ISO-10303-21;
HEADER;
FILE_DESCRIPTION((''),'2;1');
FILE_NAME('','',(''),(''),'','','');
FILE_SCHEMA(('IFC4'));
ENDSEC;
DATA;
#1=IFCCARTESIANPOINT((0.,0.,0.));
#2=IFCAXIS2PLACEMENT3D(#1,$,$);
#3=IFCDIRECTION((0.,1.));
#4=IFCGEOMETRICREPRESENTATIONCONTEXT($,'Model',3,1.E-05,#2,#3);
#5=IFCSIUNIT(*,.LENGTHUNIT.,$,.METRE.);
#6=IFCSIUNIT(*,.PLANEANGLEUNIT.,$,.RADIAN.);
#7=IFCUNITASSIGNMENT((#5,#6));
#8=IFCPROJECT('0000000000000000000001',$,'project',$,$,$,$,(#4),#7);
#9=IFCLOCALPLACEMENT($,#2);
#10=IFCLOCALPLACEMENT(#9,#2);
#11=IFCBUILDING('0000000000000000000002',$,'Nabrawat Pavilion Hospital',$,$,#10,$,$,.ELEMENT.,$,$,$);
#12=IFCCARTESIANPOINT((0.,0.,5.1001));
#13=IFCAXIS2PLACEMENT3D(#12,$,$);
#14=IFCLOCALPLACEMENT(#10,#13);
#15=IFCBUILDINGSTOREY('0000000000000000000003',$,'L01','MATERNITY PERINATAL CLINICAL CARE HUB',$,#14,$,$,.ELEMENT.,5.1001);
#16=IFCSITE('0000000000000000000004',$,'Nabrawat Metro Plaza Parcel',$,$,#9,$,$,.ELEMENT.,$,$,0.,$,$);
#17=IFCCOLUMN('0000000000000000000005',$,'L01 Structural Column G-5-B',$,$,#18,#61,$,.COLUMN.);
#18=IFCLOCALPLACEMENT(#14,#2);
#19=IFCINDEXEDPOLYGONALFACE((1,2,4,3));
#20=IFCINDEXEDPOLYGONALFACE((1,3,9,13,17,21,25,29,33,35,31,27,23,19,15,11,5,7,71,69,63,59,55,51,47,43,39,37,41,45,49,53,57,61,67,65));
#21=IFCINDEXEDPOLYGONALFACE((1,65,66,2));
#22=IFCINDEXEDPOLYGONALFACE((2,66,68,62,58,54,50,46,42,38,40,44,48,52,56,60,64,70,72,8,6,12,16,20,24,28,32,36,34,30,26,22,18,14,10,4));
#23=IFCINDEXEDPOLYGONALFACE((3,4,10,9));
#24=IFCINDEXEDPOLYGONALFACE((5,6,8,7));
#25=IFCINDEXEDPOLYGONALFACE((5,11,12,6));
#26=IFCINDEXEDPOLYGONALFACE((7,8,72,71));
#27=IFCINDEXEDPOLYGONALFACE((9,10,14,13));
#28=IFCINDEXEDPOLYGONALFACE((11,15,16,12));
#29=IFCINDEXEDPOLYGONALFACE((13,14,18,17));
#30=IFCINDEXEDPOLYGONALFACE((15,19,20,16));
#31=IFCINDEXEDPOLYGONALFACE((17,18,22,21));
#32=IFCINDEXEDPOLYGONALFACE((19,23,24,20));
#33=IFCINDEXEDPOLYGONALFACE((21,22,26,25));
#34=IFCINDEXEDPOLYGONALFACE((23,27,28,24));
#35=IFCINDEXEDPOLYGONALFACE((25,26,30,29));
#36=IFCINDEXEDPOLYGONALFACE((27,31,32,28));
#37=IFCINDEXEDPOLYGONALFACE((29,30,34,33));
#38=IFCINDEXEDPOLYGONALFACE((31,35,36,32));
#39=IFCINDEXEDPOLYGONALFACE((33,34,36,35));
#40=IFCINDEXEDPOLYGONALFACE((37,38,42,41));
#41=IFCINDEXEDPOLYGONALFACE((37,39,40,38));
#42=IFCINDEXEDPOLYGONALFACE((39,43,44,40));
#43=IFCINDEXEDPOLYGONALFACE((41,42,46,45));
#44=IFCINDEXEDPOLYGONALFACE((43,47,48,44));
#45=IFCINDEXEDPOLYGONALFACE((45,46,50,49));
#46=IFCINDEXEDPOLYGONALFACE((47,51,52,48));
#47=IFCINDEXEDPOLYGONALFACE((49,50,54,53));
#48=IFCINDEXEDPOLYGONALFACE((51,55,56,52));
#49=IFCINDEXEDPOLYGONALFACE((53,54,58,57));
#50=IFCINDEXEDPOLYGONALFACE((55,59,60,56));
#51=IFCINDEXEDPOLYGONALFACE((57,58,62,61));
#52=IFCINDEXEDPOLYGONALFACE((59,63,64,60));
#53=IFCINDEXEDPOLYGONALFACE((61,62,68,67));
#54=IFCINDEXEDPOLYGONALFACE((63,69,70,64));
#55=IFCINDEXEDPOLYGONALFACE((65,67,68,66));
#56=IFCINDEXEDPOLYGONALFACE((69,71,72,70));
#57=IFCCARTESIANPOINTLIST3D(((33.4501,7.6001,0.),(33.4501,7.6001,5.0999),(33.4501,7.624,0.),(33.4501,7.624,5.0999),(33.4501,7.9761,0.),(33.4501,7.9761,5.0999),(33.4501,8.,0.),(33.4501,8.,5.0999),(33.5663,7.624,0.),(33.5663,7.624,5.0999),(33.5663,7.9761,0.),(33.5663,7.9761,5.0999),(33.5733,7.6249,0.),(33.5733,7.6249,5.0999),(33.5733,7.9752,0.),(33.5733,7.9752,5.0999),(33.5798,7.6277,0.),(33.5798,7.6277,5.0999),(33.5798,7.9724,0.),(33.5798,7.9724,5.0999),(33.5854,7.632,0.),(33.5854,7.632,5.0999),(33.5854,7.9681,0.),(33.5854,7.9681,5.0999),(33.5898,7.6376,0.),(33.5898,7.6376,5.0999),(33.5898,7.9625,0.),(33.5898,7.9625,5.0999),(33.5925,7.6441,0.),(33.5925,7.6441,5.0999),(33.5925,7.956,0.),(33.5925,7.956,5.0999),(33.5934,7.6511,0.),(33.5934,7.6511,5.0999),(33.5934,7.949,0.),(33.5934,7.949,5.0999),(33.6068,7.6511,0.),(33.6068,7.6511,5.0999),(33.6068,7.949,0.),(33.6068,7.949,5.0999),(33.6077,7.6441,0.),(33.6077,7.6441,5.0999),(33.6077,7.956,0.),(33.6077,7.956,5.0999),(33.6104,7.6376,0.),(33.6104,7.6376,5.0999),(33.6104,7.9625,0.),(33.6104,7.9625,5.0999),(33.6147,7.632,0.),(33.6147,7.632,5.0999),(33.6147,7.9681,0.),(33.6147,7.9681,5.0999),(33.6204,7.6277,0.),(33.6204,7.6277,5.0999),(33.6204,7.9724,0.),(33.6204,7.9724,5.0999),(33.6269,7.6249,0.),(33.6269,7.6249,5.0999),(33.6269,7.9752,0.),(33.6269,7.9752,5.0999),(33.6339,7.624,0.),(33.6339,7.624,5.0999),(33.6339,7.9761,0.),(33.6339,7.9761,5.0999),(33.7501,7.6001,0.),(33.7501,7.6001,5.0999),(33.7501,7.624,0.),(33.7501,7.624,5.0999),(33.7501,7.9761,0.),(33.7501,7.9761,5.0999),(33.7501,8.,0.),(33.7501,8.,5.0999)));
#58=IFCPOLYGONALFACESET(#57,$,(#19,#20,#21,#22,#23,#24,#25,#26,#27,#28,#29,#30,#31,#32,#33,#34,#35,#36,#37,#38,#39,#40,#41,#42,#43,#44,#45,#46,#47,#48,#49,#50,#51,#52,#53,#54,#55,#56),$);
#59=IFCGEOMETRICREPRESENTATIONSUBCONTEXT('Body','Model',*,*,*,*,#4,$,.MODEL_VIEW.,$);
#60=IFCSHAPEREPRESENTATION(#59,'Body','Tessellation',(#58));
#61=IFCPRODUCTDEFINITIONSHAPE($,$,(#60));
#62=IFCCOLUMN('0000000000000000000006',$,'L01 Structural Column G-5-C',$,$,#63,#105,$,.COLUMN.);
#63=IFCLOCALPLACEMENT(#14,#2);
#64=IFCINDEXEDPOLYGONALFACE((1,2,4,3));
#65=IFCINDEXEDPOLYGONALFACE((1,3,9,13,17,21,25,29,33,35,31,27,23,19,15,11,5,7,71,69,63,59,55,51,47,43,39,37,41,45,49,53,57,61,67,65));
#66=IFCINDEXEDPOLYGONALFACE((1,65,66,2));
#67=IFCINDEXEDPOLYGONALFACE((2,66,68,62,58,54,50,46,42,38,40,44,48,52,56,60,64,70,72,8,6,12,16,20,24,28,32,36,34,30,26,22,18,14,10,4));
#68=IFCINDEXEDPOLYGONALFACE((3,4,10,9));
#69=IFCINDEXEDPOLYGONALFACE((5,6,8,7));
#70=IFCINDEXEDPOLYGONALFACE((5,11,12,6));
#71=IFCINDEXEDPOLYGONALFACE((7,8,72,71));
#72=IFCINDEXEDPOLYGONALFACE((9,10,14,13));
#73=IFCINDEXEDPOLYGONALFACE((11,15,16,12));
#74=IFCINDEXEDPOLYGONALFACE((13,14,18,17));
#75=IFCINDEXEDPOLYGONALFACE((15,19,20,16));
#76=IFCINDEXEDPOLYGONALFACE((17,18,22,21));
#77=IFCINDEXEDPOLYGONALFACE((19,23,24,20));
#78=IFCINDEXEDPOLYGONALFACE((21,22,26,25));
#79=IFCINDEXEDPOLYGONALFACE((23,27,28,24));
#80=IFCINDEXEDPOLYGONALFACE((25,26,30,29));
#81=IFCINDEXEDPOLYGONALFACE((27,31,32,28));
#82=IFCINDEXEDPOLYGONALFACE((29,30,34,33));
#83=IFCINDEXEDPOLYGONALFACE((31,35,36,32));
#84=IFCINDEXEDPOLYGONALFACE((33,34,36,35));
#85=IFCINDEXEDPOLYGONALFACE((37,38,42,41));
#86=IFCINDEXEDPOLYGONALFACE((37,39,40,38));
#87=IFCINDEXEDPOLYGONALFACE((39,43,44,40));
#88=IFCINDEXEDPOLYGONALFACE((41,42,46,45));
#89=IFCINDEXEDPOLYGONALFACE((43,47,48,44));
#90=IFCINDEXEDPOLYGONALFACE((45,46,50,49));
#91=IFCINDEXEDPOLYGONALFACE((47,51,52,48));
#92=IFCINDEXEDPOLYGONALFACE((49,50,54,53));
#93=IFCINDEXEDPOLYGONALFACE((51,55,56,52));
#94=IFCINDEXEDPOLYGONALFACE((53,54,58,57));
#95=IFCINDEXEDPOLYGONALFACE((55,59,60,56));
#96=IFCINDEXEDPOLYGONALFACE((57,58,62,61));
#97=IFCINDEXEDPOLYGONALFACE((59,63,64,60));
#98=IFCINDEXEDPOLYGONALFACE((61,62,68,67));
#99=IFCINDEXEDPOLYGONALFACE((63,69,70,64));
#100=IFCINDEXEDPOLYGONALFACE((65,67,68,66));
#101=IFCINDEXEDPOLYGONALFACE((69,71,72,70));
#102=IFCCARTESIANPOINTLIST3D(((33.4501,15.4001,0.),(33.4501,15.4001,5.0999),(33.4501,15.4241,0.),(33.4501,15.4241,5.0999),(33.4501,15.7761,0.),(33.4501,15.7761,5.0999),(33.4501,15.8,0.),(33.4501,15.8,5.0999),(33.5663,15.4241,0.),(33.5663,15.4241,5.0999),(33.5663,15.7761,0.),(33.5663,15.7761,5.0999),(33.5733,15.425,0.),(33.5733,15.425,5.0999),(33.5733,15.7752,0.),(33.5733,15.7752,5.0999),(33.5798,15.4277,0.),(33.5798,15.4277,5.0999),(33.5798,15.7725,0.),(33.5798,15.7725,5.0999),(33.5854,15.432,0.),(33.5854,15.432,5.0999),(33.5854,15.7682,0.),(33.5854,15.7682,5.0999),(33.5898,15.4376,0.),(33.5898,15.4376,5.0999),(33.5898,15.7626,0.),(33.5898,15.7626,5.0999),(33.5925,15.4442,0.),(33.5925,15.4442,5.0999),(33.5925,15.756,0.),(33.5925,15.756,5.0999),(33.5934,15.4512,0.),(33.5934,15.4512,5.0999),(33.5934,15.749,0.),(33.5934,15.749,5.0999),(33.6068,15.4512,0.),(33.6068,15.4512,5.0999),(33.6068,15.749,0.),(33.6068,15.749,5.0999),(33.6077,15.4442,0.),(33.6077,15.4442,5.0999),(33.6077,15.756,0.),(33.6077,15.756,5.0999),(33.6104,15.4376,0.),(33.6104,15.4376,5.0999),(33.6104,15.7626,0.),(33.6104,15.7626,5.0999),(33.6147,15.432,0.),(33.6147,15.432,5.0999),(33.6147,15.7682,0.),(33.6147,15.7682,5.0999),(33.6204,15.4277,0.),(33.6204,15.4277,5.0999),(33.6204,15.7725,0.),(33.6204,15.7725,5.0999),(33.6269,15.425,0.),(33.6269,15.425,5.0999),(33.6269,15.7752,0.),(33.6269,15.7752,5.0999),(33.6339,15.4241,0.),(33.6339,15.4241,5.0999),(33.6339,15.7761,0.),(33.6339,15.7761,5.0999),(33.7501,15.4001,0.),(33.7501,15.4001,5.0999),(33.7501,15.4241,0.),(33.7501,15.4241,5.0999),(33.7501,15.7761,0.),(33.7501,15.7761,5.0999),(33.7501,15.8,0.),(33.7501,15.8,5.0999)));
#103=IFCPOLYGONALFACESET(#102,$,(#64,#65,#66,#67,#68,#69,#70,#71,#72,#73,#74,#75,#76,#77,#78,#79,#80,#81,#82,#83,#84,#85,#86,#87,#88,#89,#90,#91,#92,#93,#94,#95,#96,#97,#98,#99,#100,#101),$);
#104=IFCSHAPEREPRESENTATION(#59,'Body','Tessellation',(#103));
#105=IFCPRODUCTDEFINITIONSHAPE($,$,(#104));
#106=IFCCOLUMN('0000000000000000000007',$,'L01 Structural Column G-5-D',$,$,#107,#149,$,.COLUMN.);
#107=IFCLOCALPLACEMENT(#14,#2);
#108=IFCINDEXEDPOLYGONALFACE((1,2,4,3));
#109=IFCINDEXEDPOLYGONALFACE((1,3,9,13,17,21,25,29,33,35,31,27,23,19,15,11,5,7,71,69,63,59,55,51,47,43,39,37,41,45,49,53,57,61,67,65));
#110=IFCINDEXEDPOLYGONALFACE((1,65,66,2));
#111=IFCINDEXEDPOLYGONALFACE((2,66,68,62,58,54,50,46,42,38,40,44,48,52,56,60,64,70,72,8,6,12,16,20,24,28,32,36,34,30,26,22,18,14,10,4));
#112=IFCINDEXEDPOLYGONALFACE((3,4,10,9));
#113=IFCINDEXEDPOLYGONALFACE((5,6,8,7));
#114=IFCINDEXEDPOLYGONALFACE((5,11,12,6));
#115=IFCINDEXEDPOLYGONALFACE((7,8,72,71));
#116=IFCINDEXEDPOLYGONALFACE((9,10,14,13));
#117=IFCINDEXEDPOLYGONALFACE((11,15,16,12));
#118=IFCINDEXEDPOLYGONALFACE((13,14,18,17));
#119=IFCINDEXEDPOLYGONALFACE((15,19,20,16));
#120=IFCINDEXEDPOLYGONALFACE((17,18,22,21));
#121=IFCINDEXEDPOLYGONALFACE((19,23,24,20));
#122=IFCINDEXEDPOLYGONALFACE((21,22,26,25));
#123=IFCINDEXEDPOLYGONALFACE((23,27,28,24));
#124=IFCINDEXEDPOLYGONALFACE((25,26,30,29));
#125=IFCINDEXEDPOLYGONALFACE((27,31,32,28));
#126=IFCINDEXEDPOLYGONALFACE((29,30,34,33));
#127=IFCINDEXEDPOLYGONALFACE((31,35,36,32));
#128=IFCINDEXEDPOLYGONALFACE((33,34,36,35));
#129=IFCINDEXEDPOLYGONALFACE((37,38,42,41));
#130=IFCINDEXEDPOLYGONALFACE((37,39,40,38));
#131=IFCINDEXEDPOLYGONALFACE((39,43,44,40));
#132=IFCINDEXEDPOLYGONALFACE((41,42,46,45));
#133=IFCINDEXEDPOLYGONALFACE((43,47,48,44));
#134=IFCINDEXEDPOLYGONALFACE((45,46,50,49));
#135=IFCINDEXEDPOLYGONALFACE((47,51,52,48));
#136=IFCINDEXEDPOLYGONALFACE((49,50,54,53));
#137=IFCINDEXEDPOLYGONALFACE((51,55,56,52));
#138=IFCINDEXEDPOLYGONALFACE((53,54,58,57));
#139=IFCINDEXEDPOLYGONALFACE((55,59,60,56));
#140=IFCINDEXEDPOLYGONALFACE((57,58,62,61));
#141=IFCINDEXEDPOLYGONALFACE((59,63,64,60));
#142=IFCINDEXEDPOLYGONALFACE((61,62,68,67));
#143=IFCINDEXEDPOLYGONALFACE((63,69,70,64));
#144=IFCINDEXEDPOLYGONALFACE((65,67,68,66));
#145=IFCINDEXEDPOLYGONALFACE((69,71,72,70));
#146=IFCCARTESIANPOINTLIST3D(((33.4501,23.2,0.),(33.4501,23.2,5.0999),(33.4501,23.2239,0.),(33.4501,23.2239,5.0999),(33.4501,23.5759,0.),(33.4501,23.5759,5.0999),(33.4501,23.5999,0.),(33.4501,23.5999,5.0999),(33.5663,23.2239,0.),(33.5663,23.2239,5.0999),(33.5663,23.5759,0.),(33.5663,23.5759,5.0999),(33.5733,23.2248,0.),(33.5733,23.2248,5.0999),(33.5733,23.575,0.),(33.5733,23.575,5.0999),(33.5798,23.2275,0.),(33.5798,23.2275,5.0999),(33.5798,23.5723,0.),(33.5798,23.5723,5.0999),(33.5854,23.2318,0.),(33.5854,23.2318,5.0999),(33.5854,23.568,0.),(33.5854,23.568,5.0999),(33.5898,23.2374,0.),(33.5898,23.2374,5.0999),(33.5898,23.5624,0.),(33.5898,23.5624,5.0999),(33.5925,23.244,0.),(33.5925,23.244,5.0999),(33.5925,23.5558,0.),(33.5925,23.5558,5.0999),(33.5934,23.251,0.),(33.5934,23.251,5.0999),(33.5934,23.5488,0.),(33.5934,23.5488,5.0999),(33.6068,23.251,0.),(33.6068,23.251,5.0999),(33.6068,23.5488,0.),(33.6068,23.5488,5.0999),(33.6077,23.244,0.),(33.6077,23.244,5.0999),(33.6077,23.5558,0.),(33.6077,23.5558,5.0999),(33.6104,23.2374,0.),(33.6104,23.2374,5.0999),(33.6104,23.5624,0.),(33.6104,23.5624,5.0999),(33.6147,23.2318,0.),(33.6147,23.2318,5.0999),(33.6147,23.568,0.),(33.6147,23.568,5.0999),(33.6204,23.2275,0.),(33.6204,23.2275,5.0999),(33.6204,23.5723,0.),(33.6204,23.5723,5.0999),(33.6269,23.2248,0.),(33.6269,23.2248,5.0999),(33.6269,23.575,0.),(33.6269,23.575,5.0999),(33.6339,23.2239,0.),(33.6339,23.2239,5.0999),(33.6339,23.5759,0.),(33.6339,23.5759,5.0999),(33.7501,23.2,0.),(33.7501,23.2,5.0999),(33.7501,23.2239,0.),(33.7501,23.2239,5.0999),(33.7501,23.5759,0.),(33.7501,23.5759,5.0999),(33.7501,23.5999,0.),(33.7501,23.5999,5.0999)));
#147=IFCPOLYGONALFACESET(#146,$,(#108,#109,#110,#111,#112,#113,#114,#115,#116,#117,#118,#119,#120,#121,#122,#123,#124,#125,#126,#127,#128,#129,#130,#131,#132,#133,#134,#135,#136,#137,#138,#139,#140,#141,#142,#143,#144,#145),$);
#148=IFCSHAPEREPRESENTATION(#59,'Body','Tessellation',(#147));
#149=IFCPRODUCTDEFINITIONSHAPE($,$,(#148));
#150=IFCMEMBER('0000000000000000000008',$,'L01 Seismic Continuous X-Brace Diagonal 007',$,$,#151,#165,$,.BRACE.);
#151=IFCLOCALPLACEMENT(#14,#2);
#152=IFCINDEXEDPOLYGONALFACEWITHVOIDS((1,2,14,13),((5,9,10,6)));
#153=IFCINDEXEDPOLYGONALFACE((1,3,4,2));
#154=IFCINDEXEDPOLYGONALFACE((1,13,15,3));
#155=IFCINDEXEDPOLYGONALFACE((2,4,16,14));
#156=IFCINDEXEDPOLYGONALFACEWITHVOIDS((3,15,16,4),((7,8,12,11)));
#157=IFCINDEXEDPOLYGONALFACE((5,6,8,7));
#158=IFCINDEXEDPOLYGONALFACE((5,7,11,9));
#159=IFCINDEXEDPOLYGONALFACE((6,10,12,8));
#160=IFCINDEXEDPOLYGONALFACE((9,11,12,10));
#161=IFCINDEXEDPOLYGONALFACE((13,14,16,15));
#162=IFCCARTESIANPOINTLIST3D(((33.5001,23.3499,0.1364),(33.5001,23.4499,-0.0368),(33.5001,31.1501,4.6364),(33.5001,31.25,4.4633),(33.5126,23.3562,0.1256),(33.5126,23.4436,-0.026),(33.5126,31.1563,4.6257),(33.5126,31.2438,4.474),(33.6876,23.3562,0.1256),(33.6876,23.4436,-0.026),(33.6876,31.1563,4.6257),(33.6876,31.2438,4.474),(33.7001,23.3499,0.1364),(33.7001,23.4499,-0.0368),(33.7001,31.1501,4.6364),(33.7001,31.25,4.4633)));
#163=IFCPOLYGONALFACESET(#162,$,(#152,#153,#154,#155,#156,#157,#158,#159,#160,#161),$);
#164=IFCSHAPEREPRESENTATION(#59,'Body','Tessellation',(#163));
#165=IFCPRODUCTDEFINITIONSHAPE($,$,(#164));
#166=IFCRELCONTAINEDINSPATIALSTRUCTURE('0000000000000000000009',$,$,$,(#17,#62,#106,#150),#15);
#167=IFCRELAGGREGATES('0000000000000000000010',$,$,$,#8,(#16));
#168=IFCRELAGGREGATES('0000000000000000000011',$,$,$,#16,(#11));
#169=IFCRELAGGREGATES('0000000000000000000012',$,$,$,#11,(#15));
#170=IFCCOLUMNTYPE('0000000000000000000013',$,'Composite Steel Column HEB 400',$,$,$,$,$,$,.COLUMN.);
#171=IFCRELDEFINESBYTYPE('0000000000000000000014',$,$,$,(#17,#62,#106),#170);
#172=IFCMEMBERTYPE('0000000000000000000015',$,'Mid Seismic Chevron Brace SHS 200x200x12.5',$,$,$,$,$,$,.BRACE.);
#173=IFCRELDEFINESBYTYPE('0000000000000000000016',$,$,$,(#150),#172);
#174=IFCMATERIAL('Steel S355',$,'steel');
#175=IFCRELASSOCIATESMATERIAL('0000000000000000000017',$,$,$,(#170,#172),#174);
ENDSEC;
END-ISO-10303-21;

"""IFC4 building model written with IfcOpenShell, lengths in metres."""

from ifc_helpers import new_model, si_unit, direction, frame, origin, origin_2d, place, context, subcontext, project, spatial, hollow_rectangle, i_section, extrude, material, material_profile, profile_set, type_object, element, save


model = new_model("IFC4")

# Units and contexts
model_context = context("Model", 3, precision=1e-05, world=origin(), true_north=direction((0.0, 1.0)))
body_context = subcontext(model_context, "Body", "Model", "MODEL_VIEW")
ifc_project = project(units=[si_unit("LENGTHUNIT", "METRE"), si_unit("PLANEANGLEUNIT", "RADIAN")], contexts=[model_context])

# Site, building, storey
site_placement = place(None, origin())
site = spatial("IfcSite", under=ifc_project, at=site_placement, Name="Nabrawat Metro Plaza Parcel", CompositionType="ELEMENT", RefElevation=0.0)
building_placement = place(site_placement, origin())
building = spatial("IfcBuilding", under=site, at=building_placement, Name="Nabrawat Pavilion Hospital", CompositionType="ELEMENT")
storey_placement = place(building_placement, frame((0.0, 0.0, 5.1001)))
storey = spatial("IfcBuildingStorey", under=building, at=storey_placement, Name="L01", Description="MATERNITY PERINATAL CLINICAL CARE HUB", CompositionType="ELEMENT", Elevation=5.1001)

# Columns
ifc_material_1 = material(Name="Steel S355", Category="steel")
ifc_material_profile_1 = material_profile(ifc_material_1, i_section(OverallWidth=0.3, OverallDepth=0.3999, WebThickness=0.0134, FlangeThickness=0.0239, FilletRadius=0.0271, at=origin_2d()), Name="HEB 400")
ifc_profile_set_1 = profile_set([ifc_material_profile_1], Name="Steel S355")
column_type = type_object("IfcColumnType", Name="Composite Steel Column HEB 400", PredefinedType="COLUMN", material=ifc_profile_set_1)
for number, where, z_axis, x_axis, name in (
    (1, (33.6001, 7.8, 0.0), (0.0, 0.0, 1.0), (1.0, 0.0, 0.0), "L01 Structural Column G-5-B"),
    (2, (33.6001, 15.6001, 0.0), (0.0, 0.0, 1.0), (1.0, 0.0, 0.0), "L01 Structural Column G-5-C"),
    (3, (33.6001, 23.3999, 0.0), (0.0, 0.0, 1.0), (1.0, 0.0, 0.0), "L01 Structural Column G-5-D"),
):
    element("IfcColumn", number, at=place(storey_placement, frame(where, z_axis=z_axis, x_axis=x_axis)), inside=storey, type_object=column_type, Name=name, PredefinedType="COLUMN", context=body_context, shape_type="SweptSolid", body=[
        extrude(i_section(OverallWidth=0.3, OverallDepth=0.3999, WebThickness=0.0134, FlangeThickness=0.0239, FilletRadius=0.0271, at=origin_2d()), origin(), (0.0, 0.0, 1.0), 5.0999),
    ])

# Member
ifc_material_profile_2 = material_profile(ifc_material_1, hollow_rectangle(XDim=0.2, YDim=0.2, WallThickness=0.0125, at=origin_2d()), Name="SHS 200x200x12.5")
ifc_profile_set_2 = profile_set([ifc_material_profile_2], Name="Steel S355")
member_type = type_object("IfcMemberType", Name="Mid Seismic Chevron Brace SHS 200x200x12.5", PredefinedType="BRACE", material=ifc_profile_set_2)
member_placement = place(storey_placement, frame((33.6001, 23.3999, 0.0498), z_axis=(0.0, 0.866187, 0.49972), x_axis=(-1.0, 0.0, 0.0)))
element("IfcMember", 4, at=member_placement, inside=storey, type_object=member_type, Name="L01 Seismic Continuous X-Brace Diagonal 007", PredefinedType="BRACE", context=body_context, shape_type="SweptSolid", body=[
    extrude(hollow_rectangle(XDim=0.2, YDim=0.2, WallThickness=0.0125, at=origin_2d()), origin(), (0.0, 0.0, 1.0), 9.0051),
])

save(model, "model.ifc")
